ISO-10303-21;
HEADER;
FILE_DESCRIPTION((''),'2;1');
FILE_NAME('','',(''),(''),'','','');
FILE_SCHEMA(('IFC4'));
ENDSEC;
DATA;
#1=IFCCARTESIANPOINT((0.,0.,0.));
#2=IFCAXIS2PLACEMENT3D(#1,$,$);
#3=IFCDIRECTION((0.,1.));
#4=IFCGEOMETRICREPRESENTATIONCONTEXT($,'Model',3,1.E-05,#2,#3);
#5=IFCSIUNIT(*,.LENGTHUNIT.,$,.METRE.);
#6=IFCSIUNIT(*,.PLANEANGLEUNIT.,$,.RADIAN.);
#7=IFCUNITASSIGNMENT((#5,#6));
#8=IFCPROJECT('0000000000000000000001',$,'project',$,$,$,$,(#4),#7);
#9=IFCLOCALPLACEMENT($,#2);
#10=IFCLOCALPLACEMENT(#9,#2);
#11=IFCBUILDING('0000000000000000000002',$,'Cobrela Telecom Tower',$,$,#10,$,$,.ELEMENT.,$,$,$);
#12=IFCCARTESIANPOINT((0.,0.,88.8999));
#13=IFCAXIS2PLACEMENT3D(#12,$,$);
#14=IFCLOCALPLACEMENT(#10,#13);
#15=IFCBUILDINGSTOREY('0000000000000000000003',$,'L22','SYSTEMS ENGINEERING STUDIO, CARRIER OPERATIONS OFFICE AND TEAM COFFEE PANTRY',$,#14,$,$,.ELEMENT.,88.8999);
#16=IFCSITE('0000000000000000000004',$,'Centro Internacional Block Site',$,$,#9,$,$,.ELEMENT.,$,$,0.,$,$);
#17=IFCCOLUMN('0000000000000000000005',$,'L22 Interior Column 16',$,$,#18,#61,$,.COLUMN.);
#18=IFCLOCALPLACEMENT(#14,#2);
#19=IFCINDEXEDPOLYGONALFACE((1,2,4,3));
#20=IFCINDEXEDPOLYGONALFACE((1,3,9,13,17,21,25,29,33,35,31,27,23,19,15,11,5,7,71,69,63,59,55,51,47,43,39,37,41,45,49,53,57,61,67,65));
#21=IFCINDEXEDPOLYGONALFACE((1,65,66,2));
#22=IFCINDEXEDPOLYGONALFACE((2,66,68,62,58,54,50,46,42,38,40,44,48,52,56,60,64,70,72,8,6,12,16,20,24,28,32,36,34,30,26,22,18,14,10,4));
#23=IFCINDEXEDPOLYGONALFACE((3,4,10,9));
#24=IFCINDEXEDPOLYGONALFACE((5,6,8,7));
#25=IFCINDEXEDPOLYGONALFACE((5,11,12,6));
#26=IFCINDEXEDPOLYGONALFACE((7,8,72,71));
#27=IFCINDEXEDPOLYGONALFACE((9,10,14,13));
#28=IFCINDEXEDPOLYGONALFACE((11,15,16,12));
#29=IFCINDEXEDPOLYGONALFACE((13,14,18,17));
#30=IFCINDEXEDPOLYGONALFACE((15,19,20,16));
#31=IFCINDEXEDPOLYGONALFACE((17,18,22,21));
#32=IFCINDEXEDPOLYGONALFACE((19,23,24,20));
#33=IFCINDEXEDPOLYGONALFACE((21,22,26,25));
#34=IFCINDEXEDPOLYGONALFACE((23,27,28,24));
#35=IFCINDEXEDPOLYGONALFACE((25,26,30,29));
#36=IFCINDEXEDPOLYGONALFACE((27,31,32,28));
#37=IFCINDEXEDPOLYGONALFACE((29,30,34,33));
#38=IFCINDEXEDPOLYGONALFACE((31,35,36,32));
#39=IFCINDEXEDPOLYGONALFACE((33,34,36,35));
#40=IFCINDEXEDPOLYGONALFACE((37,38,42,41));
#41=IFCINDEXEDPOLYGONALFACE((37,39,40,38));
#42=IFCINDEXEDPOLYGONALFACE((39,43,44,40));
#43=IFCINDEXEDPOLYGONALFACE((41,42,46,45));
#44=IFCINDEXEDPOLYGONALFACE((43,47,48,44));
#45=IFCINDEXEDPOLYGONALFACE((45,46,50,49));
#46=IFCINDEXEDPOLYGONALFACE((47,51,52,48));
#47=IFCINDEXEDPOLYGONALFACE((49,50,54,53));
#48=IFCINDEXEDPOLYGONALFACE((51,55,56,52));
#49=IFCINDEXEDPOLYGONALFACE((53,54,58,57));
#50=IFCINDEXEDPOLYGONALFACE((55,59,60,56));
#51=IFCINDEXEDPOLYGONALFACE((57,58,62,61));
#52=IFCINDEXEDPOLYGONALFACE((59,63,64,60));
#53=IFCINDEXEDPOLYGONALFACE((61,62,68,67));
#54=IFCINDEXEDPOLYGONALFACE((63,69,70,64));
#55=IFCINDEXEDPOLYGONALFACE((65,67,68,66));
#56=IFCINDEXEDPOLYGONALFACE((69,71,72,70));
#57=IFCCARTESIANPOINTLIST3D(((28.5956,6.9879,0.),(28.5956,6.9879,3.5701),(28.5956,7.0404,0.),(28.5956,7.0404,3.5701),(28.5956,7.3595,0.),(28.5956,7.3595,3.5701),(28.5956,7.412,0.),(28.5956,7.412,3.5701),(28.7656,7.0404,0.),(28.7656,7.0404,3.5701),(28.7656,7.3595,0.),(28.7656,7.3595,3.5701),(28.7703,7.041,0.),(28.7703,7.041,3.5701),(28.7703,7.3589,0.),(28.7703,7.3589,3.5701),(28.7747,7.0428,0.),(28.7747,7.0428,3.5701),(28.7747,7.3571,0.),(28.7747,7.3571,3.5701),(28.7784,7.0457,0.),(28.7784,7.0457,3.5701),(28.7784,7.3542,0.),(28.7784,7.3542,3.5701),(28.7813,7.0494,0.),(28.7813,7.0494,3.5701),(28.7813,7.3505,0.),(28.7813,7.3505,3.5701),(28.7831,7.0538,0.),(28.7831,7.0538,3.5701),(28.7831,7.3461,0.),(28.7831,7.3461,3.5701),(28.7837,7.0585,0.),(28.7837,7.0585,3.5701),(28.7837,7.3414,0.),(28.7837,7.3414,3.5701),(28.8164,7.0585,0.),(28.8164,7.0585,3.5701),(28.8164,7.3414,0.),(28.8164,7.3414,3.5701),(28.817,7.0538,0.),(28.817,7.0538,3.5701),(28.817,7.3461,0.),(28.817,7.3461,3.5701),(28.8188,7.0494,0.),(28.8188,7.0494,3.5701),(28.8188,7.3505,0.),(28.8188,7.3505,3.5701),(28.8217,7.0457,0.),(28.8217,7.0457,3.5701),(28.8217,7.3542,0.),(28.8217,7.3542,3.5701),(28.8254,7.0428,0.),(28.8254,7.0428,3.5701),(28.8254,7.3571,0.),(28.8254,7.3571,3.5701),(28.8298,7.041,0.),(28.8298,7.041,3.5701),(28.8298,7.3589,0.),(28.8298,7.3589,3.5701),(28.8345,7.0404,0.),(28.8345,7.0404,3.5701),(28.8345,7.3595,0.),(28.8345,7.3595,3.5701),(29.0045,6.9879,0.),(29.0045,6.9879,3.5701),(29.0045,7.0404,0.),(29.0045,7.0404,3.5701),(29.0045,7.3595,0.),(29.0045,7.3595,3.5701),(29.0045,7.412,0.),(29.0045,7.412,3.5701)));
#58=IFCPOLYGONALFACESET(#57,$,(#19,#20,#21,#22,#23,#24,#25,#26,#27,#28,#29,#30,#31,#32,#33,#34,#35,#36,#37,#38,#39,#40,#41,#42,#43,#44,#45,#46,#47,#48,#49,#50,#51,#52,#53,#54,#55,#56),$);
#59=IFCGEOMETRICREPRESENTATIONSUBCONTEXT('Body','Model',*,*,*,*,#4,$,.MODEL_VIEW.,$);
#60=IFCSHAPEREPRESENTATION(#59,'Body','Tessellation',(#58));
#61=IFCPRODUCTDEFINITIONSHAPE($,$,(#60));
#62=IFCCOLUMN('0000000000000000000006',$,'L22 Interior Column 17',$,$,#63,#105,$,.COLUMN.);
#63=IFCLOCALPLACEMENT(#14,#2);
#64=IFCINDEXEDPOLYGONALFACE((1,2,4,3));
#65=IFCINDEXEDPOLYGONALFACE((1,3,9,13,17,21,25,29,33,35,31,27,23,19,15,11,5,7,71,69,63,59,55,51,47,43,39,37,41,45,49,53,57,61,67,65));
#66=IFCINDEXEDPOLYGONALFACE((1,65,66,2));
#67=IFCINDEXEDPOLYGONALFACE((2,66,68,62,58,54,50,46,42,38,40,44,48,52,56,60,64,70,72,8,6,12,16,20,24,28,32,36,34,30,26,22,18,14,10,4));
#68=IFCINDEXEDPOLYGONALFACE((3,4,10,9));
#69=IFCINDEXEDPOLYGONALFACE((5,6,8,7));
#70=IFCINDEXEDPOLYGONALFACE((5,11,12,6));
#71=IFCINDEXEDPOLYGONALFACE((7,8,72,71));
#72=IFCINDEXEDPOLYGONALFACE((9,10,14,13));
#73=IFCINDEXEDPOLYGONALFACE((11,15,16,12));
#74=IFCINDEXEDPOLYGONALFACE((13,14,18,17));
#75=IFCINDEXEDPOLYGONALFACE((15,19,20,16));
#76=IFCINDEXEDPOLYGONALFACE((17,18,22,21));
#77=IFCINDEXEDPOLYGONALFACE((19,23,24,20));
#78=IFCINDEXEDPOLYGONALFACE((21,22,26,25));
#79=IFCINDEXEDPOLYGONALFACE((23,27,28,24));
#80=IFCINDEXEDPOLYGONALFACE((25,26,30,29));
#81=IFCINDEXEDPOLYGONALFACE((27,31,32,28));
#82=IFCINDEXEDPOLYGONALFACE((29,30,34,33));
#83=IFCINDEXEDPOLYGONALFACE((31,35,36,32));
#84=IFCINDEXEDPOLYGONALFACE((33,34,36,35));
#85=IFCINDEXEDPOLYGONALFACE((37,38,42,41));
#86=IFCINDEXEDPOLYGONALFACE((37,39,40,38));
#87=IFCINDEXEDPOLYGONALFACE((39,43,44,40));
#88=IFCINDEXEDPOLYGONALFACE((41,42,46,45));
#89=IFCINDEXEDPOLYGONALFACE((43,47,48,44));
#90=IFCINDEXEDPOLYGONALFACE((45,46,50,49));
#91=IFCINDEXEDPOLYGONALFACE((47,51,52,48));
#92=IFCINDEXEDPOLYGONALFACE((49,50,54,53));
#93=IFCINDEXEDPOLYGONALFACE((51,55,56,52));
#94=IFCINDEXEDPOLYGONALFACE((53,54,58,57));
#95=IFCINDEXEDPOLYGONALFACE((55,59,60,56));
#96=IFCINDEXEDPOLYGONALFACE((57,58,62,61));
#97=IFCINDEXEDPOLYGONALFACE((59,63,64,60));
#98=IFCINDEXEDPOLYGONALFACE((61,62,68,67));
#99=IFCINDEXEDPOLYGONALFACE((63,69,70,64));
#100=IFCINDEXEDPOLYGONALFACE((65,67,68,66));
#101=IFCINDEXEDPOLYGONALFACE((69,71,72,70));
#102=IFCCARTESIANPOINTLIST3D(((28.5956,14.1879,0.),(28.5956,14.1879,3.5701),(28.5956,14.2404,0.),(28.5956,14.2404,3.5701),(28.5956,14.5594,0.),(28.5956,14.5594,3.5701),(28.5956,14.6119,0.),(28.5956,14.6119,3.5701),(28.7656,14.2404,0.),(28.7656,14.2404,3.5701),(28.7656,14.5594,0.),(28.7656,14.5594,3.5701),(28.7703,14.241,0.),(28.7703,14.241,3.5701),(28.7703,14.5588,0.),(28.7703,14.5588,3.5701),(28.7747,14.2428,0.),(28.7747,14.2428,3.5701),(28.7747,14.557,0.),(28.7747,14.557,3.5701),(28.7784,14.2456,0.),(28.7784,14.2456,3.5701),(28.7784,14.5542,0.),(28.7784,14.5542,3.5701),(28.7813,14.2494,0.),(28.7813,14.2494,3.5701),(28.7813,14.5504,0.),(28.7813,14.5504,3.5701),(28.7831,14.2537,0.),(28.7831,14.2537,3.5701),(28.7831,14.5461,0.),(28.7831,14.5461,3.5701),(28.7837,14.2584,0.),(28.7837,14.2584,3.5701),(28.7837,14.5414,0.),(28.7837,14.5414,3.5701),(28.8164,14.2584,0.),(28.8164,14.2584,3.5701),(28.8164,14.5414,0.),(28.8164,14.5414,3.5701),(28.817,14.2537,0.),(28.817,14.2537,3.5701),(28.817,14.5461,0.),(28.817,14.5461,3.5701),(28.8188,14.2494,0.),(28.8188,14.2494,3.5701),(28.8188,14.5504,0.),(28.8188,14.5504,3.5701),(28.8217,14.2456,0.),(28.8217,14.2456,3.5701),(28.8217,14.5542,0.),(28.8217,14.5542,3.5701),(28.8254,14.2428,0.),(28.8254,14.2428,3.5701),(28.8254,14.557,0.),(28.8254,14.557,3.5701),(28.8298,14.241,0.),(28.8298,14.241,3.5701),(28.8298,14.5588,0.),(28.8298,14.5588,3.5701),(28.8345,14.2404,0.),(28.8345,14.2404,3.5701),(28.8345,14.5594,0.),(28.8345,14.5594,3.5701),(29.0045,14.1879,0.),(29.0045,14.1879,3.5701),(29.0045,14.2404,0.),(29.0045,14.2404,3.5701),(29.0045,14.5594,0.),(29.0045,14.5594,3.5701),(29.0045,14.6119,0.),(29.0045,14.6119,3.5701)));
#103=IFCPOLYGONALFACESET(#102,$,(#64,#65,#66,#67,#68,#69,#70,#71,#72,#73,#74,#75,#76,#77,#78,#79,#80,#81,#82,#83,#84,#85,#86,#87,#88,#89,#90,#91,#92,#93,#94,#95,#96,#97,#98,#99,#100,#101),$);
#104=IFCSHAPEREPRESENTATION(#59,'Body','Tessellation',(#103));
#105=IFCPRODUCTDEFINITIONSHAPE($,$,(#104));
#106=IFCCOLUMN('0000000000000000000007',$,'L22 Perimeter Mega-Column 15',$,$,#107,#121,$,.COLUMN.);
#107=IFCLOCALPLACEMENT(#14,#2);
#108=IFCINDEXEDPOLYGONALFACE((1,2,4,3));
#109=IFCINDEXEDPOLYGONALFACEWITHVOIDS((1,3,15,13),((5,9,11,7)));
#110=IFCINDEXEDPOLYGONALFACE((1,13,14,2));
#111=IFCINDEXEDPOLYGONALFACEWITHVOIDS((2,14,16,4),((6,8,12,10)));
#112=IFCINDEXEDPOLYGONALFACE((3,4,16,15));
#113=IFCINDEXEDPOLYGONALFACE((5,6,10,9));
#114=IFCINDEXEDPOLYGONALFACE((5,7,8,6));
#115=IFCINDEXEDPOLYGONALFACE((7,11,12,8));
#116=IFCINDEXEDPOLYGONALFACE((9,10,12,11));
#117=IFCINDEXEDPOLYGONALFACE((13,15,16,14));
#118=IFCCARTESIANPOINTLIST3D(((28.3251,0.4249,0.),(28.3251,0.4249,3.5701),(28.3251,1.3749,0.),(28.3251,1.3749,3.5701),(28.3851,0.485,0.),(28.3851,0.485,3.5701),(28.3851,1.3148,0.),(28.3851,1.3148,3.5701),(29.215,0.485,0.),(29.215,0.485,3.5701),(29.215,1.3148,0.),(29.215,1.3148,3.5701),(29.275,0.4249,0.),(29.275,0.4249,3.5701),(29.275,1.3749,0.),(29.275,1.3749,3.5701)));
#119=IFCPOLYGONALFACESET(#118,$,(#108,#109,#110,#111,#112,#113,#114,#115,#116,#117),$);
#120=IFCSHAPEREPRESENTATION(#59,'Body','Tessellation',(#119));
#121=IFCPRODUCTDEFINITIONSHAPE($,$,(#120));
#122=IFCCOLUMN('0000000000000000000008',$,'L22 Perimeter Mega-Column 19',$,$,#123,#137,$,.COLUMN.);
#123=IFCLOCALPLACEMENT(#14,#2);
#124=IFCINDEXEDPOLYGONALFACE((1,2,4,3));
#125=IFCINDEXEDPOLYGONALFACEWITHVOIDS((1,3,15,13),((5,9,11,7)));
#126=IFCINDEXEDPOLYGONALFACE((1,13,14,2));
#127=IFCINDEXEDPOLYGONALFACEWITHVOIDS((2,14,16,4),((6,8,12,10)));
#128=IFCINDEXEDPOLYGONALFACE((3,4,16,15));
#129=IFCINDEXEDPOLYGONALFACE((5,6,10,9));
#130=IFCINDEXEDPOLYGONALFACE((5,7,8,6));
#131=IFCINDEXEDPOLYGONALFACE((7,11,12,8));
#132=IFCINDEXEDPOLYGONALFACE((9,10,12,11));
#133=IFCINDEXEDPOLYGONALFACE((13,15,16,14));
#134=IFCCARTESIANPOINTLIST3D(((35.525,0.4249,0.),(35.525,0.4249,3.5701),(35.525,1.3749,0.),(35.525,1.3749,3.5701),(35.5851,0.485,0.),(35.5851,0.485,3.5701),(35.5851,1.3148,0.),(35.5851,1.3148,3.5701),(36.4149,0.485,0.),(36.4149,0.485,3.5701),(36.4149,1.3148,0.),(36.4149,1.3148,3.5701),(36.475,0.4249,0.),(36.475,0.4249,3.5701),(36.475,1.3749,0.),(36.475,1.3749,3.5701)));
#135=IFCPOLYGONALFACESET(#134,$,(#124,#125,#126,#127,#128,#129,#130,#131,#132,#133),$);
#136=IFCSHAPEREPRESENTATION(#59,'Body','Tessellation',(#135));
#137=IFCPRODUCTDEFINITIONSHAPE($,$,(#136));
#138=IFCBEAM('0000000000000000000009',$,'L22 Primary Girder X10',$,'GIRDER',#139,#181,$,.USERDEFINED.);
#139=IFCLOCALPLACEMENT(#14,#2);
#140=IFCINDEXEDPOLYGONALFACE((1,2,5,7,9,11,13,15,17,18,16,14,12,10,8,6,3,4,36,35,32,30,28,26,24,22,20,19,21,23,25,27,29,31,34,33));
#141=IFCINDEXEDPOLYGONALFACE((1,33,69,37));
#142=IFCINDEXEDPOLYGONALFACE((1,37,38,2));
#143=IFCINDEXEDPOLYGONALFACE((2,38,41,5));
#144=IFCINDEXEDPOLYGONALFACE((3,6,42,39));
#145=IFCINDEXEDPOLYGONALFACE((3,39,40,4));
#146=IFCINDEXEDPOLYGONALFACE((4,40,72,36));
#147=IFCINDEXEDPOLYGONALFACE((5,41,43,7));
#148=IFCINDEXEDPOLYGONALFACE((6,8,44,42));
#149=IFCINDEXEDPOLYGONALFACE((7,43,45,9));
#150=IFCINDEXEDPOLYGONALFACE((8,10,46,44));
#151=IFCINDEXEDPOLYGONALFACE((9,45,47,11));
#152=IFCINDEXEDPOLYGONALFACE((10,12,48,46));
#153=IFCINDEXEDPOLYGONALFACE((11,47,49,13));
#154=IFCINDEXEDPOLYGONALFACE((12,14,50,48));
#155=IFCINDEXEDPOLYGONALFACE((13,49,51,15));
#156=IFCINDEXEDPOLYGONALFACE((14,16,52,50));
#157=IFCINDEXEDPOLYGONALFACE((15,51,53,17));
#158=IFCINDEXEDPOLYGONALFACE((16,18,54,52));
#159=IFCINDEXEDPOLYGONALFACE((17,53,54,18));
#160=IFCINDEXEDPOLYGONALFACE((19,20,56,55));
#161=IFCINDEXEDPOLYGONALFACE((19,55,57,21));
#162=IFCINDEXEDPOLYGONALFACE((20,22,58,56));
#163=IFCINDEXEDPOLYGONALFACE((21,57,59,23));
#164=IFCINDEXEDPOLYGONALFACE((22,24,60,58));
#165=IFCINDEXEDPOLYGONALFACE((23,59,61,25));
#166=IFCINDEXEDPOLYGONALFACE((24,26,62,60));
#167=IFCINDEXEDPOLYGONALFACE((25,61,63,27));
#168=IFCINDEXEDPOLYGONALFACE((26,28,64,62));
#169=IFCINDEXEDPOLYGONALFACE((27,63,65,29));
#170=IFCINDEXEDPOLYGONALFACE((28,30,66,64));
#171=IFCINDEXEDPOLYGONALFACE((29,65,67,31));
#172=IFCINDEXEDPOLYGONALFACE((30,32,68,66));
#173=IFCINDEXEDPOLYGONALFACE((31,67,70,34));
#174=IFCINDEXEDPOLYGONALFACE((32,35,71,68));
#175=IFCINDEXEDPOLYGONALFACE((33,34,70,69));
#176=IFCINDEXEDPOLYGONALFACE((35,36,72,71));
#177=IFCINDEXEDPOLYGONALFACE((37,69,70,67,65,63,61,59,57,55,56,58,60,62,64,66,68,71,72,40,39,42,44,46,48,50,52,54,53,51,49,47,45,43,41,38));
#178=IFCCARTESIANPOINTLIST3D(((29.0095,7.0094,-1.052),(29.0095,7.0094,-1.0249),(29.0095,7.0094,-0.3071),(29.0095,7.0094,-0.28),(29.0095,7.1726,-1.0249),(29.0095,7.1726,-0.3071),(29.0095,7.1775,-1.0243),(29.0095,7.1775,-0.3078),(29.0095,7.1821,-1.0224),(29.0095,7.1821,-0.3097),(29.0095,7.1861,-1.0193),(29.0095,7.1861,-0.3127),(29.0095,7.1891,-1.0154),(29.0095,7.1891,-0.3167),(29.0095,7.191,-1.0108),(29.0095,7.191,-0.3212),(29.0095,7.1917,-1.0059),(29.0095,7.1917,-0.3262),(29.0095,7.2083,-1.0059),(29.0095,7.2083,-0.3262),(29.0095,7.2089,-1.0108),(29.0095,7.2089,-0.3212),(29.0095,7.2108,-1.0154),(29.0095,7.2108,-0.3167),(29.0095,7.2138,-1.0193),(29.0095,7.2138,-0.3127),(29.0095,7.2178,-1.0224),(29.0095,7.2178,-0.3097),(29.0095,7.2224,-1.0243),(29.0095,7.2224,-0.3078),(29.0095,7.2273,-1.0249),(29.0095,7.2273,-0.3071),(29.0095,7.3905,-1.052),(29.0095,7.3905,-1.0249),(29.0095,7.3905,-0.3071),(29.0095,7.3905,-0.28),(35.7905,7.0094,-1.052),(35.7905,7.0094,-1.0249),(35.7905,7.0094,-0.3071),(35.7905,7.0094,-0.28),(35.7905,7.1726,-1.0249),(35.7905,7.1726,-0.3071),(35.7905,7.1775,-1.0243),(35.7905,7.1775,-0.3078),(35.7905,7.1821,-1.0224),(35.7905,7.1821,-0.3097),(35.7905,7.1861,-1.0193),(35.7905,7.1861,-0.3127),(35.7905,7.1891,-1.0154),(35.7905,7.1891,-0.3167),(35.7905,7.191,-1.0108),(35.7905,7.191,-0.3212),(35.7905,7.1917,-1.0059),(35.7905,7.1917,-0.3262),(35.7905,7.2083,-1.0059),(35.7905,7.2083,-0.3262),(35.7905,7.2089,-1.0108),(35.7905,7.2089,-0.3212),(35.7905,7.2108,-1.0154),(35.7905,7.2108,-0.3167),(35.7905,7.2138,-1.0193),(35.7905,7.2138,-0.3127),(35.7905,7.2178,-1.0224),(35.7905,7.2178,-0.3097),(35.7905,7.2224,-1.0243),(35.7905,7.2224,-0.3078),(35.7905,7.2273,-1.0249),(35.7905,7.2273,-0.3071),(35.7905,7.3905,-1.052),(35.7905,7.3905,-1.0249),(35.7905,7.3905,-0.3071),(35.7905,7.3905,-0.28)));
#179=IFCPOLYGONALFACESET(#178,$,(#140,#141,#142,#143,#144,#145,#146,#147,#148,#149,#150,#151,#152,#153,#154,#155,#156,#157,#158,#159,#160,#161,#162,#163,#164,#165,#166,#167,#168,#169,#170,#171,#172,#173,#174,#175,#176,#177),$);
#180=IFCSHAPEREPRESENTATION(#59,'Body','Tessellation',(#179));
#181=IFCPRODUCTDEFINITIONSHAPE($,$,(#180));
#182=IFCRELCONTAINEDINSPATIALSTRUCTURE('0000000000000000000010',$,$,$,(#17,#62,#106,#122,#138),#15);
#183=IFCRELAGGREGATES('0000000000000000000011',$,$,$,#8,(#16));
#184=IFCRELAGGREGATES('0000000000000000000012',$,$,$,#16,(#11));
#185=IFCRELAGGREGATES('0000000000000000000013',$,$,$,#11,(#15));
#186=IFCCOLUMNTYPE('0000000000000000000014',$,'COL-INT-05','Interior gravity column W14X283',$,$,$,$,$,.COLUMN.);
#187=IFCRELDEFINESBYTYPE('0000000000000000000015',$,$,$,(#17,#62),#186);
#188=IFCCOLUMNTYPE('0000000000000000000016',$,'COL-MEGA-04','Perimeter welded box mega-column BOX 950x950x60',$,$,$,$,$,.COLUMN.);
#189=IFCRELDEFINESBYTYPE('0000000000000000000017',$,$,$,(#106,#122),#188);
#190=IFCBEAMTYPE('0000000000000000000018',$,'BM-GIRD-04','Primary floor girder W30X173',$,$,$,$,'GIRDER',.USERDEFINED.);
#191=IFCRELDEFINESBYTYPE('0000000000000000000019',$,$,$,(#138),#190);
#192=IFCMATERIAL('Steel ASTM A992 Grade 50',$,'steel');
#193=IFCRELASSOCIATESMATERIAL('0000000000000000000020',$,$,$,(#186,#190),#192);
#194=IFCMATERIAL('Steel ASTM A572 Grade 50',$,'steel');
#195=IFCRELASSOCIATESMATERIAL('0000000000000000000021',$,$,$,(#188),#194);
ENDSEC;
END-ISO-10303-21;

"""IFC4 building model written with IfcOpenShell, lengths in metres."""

from ifc_helpers import new_model, si_unit, direction, frame, origin, origin_2d, place, context, subcontext, project, spatial, hollow_rectangle, i_section, extrude, material, material_profile, profile_set, type_object, element, save


model = new_model("IFC4")

# Units and contexts
model_context = context("Model", 3, precision=1e-05, world=origin(), true_north=direction((0.0, 1.0)))
body_context = subcontext(model_context, "Body", "Model", "MODEL_VIEW")
ifc_project = project(units=[si_unit("LENGTHUNIT", "METRE"), si_unit("PLANEANGLEUNIT", "RADIAN")], contexts=[model_context])

# Site, building, storey
site_placement = place(None, origin())
site = spatial("IfcSite", under=ifc_project, at=site_placement, Name="Centro Internacional Block Site", CompositionType="ELEMENT", RefElevation=0.0)
building_placement = place(site_placement, origin())
building = spatial("IfcBuilding", under=site, at=building_placement, Name="Cobrela Telecom Tower", CompositionType="ELEMENT")
storey_placement = place(building_placement, frame((0.0, 0.0, 88.8999)))
storey = spatial("IfcBuildingStorey", under=building, at=storey_placement, Name="L22", Description="SYSTEMS ENGINEERING STUDIO, CARRIER OPERATIONS OFFICE AND TEAM COFFEE PANTRY", CompositionType="ELEMENT", Elevation=88.8999)

# Columns
ifc_material_1 = material(Name="Steel ASTM A992 Grade 50", Category="steel")
ifc_material_profile_1 = material_profile(ifc_material_1, i_section(OverallWidth=0.4089, OverallDepth=0.4241, WebThickness=0.0327, FlangeThickness=0.0525, FilletRadius=0.0181, at=origin_2d()), Name="W14X283")
ifc_profile_set_1 = profile_set([ifc_material_profile_1], Name="Steel ASTM A992 Grade 50")
column_type_1 = type_object("IfcColumnType", Name="COL-INT-05", Description="Interior gravity column W14X283", PredefinedType="COLUMN", material=ifc_profile_set_1)
for number, where, z_axis, x_axis, name in (
    (1, (28.8, 7.2, 0.0), (0.0, 0.0, 1.0), (1.0, 0.0, 0.0), "L22 Interior Column 16"),
    (2, (28.8, 14.3999, 0.0), (0.0, 0.0, 1.0), (1.0, 0.0, 0.0), "L22 Interior Column 17"),
):
    element("IfcColumn", number, at=place(storey_placement, frame(where, z_axis=z_axis, x_axis=x_axis)), inside=storey, type_object=column_type_1, Name=name, PredefinedType="COLUMN", context=body_context, shape_type="SweptSolid", body=[
        extrude(i_section(OverallWidth=0.4089, OverallDepth=0.4241, WebThickness=0.0327, FlangeThickness=0.0525, FilletRadius=0.0181, at=origin_2d()), origin(), (0.0, 0.0, 1.0), 3.5701),
    ])
ifc_material_2 = material(Name="Steel ASTM A572 Grade 50", Category="steel")
ifc_material_profile_2 = material_profile(ifc_material_2, hollow_rectangle(XDim=0.95, YDim=0.95, WallThickness=0.0601, at=origin_2d()), Name="BOX 950x950x60")
ifc_profile_set_2 = profile_set([ifc_material_profile_2], Name="Steel ASTM A572 Grade 50")
column_type_2 = type_object("IfcColumnType", Name="COL-MEGA-04", Description="Perimeter welded box mega-column BOX 950x950x60", PredefinedType="COLUMN", material=ifc_profile_set_2)
for number, where, z_axis, x_axis, name in (
    (3, (28.8, 0.8999, 0.0), (0.0, 0.0, 1.0), (1.0, 0.0, 0.0), "L22 Perimeter Mega-Column 15"),
    (4, (36.0, 0.8999, 0.0), (0.0, 0.0, 1.0), (1.0, 0.0, 0.0), "L22 Perimeter Mega-Column 19"),
):
    element("IfcColumn", number, at=place(storey_placement, frame(where, z_axis=z_axis, x_axis=x_axis)), inside=storey, type_object=column_type_2, Name=name, PredefinedType="COLUMN", context=body_context, shape_type="SweptSolid", body=[
        extrude(hollow_rectangle(XDim=0.95, YDim=0.95, WallThickness=0.0601, at=origin_2d()), origin(), (0.0, 0.0, 1.0), 3.5701),
    ])

# Beam
ifc_material_profile_3 = material_profile(ifc_material_1, i_section(OverallWidth=0.3811, OverallDepth=0.772, WebThickness=0.0166, FlangeThickness=0.0271, FilletRadius=0.019, at=origin_2d()), Name="W30X173")
ifc_profile_set_3 = profile_set([ifc_material_profile_3], Name="Steel ASTM A992 Grade 50")
beam_type_1 = type_object("IfcBeamType", Name="BM-GIRD-04", Description="Primary floor girder W30X173", ElementType="GIRDER", PredefinedType="USERDEFINED", material=ifc_profile_set_3)
for number, where, z_axis, x_axis, name in (
    (5, (29.0095, 7.2, -0.666), (1.0, 0.0, 0.0), (0.0, 1.0, 0.0), "L22 Primary Girder X10"),
):
    element("IfcBeam", number, at=place(storey_placement, frame(where, z_axis=z_axis, x_axis=x_axis)), inside=storey, type_object=beam_type_1, Name=name, ObjectType="GIRDER", PredefinedType="USERDEFINED", context=body_context, shape_type="SweptSolid", body=[
        extrude(i_section(OverallWidth=0.3811, OverallDepth=0.772, WebThickness=0.0166, FlangeThickness=0.0271, FilletRadius=0.019, at=origin_2d()), origin(), (0.0, 0.0, 1.0), 6.781),
    ])

save(model, "model.ifc")
